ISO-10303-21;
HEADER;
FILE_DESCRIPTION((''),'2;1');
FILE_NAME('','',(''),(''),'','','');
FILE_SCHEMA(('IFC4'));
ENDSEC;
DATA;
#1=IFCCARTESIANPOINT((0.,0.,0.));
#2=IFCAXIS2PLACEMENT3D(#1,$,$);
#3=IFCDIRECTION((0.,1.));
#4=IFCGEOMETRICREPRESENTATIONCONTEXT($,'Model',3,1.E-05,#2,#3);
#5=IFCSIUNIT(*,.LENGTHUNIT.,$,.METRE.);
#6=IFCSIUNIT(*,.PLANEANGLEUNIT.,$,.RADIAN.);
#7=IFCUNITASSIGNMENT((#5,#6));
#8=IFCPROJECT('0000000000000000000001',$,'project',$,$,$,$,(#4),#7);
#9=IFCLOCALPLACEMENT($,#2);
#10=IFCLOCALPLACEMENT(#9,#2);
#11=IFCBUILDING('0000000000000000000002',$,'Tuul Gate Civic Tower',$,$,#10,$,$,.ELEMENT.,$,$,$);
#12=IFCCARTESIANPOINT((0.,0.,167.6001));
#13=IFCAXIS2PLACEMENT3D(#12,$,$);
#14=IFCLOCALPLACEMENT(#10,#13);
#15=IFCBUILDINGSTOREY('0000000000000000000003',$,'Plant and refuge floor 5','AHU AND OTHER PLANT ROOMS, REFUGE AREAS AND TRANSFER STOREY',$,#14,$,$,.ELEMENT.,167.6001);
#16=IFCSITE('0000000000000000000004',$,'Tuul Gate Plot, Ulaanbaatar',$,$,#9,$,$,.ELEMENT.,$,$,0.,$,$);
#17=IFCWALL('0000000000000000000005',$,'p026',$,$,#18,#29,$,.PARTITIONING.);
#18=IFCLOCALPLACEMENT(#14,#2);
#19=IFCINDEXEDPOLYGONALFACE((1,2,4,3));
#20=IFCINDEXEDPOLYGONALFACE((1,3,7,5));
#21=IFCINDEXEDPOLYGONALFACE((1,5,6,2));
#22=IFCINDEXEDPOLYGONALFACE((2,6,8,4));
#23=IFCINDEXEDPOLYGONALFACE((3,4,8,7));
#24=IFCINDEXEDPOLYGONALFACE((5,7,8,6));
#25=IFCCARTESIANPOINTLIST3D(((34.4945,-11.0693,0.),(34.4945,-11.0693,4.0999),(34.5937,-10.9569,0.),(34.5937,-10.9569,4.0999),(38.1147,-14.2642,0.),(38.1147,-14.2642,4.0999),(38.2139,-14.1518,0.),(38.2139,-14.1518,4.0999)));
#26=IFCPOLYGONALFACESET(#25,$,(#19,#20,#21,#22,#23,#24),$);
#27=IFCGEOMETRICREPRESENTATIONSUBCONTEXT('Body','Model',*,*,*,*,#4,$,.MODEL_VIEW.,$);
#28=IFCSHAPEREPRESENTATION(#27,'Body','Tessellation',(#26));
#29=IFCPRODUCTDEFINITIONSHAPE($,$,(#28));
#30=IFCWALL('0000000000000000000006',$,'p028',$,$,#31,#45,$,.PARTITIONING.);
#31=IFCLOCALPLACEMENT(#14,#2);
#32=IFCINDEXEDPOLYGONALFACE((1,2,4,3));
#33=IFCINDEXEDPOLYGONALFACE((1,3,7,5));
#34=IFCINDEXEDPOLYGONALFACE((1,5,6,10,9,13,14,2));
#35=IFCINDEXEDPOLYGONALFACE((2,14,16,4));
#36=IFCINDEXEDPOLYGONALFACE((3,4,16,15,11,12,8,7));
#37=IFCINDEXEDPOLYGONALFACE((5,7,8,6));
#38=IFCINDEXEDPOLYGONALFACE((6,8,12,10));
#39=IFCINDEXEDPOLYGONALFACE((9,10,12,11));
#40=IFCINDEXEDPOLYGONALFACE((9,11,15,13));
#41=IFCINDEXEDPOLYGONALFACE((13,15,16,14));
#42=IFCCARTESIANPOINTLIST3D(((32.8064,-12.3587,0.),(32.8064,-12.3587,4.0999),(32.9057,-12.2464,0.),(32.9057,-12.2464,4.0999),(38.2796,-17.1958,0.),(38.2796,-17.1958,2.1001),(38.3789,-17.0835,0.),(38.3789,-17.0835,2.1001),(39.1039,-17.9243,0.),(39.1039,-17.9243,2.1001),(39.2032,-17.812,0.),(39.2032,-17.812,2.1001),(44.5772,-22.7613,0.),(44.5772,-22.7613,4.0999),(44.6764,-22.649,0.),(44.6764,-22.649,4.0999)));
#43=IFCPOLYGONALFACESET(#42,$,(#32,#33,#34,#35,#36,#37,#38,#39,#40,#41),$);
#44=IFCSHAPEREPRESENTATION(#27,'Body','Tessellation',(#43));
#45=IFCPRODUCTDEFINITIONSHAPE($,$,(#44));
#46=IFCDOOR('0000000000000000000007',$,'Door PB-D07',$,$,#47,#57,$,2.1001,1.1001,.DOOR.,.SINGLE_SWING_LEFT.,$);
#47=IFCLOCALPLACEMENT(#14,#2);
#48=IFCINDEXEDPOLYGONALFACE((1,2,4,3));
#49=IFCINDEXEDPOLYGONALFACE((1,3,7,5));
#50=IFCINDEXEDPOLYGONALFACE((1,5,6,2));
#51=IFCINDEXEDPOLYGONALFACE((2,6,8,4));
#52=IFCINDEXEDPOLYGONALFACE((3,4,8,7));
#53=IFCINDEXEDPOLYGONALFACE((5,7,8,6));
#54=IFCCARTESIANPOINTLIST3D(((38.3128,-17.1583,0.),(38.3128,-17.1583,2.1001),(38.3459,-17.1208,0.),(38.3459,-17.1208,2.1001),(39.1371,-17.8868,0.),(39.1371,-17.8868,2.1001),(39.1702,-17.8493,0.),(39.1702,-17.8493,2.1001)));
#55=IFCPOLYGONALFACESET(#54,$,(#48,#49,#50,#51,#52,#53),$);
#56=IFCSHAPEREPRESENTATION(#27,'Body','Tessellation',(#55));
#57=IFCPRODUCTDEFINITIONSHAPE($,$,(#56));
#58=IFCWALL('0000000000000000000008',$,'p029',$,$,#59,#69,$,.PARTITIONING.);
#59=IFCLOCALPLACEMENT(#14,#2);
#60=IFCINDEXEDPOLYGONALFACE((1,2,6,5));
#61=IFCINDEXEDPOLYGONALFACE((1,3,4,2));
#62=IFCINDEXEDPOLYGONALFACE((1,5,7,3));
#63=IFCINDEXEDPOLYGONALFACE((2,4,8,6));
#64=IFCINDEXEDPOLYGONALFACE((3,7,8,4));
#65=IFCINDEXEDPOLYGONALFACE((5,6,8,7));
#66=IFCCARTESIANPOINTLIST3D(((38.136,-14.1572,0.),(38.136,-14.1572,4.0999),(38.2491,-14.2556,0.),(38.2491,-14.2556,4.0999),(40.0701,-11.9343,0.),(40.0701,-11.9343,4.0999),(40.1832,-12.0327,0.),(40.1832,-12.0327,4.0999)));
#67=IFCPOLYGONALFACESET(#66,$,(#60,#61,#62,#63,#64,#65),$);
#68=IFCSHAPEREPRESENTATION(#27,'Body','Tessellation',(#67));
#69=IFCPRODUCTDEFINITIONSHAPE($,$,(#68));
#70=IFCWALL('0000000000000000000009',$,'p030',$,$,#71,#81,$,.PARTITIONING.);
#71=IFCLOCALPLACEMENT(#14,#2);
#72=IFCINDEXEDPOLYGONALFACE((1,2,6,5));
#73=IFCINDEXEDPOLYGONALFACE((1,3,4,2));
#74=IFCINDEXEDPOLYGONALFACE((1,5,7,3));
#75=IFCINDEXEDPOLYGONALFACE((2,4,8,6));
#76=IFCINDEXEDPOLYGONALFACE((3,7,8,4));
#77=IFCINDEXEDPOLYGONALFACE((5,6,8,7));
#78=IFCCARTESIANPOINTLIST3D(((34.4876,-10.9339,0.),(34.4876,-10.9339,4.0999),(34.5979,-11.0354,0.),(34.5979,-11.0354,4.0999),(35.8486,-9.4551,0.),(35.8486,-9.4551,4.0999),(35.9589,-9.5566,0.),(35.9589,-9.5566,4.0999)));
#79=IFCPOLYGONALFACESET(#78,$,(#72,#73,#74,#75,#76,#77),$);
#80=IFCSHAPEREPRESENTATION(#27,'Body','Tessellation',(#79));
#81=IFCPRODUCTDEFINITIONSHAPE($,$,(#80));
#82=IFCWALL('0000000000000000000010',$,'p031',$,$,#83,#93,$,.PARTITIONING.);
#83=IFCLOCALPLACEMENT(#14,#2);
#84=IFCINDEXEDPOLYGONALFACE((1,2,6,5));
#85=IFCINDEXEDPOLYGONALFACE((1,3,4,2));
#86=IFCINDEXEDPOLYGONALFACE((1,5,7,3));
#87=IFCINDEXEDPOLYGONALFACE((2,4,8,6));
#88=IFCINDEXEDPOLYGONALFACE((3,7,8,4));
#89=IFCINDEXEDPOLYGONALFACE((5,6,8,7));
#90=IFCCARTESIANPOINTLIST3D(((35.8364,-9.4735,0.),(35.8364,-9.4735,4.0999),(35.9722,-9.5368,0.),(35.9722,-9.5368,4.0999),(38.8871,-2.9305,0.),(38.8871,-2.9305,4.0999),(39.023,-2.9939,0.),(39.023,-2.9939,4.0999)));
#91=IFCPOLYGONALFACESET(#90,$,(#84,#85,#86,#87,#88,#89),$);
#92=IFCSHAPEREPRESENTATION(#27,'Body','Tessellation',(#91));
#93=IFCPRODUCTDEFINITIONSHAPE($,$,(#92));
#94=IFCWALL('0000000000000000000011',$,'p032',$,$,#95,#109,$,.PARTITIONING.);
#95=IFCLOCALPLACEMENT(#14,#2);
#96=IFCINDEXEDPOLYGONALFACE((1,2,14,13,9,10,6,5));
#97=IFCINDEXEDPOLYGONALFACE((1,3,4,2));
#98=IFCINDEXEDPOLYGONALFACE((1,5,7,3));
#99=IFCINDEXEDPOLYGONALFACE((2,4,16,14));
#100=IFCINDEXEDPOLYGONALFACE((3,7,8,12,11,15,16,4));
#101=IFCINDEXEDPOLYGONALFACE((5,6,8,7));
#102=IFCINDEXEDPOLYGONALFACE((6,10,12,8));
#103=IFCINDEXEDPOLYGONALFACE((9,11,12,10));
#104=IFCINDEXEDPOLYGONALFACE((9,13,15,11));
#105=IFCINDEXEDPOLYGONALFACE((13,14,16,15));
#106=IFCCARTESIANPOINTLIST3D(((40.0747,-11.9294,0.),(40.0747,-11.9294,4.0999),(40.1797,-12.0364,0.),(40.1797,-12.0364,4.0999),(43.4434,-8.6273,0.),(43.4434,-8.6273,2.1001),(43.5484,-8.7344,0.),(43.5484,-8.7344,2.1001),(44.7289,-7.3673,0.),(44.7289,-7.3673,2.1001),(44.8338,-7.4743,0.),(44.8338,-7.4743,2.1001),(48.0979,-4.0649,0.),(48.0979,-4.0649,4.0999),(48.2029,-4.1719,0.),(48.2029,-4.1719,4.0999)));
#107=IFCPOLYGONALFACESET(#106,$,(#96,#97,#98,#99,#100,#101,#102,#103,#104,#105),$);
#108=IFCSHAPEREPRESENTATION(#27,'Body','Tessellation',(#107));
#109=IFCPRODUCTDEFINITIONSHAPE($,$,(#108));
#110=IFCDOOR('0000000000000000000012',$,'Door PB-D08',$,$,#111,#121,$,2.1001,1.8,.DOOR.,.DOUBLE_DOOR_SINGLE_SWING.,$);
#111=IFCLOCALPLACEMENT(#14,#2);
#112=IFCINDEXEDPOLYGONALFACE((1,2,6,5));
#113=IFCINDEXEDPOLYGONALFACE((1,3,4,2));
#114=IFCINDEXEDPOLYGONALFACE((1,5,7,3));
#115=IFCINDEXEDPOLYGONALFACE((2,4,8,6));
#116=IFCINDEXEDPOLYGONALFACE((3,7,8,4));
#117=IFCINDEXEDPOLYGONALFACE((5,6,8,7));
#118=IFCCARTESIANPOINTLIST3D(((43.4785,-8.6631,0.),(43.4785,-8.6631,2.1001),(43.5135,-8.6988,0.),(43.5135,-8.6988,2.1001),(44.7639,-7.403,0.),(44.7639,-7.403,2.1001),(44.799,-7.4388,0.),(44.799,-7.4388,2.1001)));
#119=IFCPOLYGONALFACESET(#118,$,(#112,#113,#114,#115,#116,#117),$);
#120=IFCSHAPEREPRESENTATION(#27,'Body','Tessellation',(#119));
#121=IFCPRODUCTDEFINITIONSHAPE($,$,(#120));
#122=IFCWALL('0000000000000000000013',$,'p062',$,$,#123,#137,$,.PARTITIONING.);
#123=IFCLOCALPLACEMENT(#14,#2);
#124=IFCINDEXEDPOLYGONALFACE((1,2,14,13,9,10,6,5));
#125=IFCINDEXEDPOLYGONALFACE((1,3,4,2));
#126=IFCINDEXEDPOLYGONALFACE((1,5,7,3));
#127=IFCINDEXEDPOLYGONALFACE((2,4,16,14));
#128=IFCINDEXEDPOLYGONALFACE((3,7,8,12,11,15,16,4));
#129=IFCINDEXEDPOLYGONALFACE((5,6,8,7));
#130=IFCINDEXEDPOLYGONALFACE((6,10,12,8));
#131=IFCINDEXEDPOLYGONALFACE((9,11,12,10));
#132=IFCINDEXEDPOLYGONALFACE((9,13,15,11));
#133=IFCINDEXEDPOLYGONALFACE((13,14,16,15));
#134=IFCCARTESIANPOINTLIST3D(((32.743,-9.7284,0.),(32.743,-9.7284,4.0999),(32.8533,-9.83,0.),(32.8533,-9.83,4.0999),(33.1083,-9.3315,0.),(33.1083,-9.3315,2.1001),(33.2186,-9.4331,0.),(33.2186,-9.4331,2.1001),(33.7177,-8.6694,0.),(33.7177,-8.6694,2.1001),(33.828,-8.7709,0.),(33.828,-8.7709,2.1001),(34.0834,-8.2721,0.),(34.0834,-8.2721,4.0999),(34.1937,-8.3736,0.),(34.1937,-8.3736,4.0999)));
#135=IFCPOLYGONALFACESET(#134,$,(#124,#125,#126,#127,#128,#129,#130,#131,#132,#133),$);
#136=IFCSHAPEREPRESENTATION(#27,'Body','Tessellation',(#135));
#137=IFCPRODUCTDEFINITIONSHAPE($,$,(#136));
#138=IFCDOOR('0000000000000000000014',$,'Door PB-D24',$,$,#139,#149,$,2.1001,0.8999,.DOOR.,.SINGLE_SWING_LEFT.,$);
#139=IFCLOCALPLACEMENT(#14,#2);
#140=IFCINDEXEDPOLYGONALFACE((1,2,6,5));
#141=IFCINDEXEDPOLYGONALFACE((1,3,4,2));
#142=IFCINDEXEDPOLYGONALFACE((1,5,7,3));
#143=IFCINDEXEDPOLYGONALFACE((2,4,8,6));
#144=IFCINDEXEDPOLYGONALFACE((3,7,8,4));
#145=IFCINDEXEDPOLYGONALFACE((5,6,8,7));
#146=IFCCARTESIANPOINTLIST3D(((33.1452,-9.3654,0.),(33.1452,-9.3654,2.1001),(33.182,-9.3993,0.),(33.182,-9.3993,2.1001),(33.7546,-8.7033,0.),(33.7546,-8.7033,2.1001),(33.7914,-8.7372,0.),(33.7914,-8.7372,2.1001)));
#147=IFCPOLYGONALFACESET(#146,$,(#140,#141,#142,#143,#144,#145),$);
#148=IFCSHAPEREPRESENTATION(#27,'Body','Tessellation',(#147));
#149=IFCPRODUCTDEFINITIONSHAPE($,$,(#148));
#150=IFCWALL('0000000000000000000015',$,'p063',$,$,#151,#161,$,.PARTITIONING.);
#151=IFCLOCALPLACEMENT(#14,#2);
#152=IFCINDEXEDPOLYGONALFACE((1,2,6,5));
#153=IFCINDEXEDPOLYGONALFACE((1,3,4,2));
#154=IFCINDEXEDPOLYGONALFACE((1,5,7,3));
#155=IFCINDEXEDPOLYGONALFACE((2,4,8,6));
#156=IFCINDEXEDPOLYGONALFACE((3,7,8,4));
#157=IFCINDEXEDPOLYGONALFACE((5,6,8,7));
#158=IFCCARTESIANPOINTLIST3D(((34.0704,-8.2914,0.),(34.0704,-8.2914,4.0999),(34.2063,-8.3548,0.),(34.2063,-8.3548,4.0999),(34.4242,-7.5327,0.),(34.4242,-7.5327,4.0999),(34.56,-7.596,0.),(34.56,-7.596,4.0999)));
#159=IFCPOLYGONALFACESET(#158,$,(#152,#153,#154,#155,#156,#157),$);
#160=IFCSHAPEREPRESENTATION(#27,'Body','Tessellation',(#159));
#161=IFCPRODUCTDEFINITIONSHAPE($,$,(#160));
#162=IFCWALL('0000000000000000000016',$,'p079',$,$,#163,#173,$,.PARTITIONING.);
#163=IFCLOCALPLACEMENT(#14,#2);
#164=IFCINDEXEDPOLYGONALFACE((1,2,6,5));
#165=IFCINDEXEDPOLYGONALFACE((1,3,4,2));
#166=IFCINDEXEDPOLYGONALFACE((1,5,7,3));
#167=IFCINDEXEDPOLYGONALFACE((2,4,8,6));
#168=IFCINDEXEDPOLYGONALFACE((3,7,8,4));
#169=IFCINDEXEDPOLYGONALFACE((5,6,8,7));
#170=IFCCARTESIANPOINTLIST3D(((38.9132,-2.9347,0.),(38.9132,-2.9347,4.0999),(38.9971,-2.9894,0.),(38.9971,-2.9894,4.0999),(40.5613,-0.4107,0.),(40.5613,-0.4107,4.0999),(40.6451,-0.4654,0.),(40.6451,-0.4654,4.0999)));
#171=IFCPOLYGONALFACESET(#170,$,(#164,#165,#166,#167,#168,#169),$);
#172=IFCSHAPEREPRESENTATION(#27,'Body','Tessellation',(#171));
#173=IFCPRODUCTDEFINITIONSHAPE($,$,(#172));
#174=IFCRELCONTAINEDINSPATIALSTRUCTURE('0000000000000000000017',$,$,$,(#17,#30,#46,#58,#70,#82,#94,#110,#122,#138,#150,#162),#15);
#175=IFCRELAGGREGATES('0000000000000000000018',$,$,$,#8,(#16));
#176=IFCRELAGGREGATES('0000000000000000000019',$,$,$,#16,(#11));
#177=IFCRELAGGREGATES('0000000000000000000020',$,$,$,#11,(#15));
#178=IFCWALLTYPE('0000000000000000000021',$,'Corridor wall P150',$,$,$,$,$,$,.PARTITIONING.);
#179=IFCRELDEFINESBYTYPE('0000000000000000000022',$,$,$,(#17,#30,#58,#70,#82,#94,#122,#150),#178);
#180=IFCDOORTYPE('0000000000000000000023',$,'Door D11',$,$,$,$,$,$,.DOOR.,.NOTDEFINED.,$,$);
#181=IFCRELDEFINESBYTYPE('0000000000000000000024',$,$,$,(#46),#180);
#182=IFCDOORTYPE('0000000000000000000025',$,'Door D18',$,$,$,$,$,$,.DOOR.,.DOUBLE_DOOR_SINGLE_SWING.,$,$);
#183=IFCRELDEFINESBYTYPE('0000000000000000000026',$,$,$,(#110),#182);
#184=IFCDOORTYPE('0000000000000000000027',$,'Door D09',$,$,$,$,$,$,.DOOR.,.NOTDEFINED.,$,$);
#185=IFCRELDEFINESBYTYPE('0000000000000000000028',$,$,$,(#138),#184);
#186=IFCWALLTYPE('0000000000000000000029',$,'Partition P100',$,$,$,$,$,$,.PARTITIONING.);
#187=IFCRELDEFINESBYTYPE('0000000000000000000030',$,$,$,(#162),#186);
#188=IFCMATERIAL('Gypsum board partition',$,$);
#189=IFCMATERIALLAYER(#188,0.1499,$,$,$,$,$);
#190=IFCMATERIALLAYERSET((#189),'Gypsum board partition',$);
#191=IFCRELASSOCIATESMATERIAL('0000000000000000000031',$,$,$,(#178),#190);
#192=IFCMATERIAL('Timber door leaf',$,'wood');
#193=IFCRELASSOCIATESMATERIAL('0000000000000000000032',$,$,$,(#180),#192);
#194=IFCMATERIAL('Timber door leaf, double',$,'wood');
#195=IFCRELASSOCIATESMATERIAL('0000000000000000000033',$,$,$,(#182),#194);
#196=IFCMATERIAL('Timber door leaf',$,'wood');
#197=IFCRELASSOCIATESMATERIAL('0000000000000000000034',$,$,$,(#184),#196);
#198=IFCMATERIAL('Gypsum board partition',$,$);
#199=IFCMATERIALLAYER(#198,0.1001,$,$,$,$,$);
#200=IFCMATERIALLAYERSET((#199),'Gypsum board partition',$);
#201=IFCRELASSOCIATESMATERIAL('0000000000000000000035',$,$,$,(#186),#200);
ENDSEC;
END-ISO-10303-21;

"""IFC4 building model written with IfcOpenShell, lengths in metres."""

from ifc_helpers import new_model, si_unit, direction, frame, frame_2d, origin, place, context, subcontext, project, spatial, rectangle, extrude, material, layer, layer_set, type_object, element, fill, save


model = new_model("IFC4")

# Units and contexts
model_context = context("Model", 3, precision=1e-05, world=origin(), true_north=direction((0.0, 1.0)))
body_context = subcontext(model_context, "Body", "Model", "MODEL_VIEW")
ifc_project = project(units=[si_unit("LENGTHUNIT", "METRE"), si_unit("PLANEANGLEUNIT", "RADIAN")], contexts=[model_context])

# Site, building, storey
site_placement = place(None, origin())
site = spatial("IfcSite", under=ifc_project, at=site_placement, Name="Tuul Gate Plot, Ulaanbaatar", CompositionType="ELEMENT", RefElevation=0.0)
building_placement = place(site_placement, origin())
building = spatial("IfcBuilding", under=site, at=building_placement, Name="Tuul Gate Civic Tower", CompositionType="ELEMENT")
storey_placement = place(building_placement, frame((0.0, 0.0, 167.6001)))
storey = spatial("IfcBuildingStorey", under=building, at=storey_placement, Name="Plant and refuge floor 5", Description="AHU AND OTHER PLANT ROOMS, REFUGE AREAS AND TRANSFER STOREY", CompositionType="ELEMENT", Elevation=167.6001)

# Wall
ifc_material_1 = material(Name="Gypsum board partition")
ifc_layer_1 = layer(ifc_material_1, 0.1499)
ifc_layer_set_1 = layer_set([ifc_layer_1], Name="Gypsum board partition")
wall_type_1 = type_object("IfcWallType", Name="Corridor wall P150", PredefinedType="PARTITIONING", material=ifc_layer_set_1)
wall_1_placement = place(storey_placement, frame((34.5442, -11.0132, 0.0), z_axis=(0.0, 0.0, 1.0), x_axis=(0.749776, -0.661692, 0.0)))
element("IfcWall", 1, at=wall_1_placement, inside=storey, type_object=wall_type_1, Name="p026", PredefinedType="PARTITIONING", context=body_context, shape_type="SweptSolid", body=[
    extrude(rectangle(XDim=4.8284, YDim=0.1499, at=frame_2d((2.4141, 0.0))), origin(), (0.0, 0.0, 1.0), 4.0999),
])

# Wall, opening, door
wall_2_placement = place(storey_placement, frame((32.856, -12.3025, 0.0), z_axis=(0.0, 0.0, 1.0), x_axis=(0.749312, -0.662217, 0.0)))
wall_2 = element("IfcWall", 2, at=wall_2_placement, inside=storey, type_object=wall_type_1, Name="p028", PredefinedType="PARTITIONING", context=body_context, shape_type="SweptSolid", body=[
    extrude(rectangle(XDim=15.7087, YDim=0.1499, at=frame_2d((7.8545, 0.0))), origin(), (0.0, 0.0, 1.0), 4.0999),
])
opening_1_placement = place(wall_2_placement, frame((7.3044, 0.0, 0.0)))
opening_1 = element("IfcOpeningElement", 3, at=opening_1_placement, cuts=wall_2, PredefinedType="OPENING", context=body_context, shape_type="SweptSolid", body=[
    extrude(rectangle(XDim=1.1001, YDim=2.1001, at=frame_2d((0.55, 1.05))), frame((0.0, 0.085, 0.0), z_axis=(0.0, -1.0, 0.0), x_axis=(1.0, 0.0, 0.0)), (0.0, 0.0, 1.0), 0.1699),
])
ifc_material_2 = material(Name="Timber door leaf", Category="wood")
door_type_1 = type_object("IfcDoorType", Name="Door D11", OperationType="NOTDEFINED", PredefinedType="DOOR", material=ifc_material_2)
door_1_placement = place(opening_1_placement, frame((1.1001, 0.0, 0.0), z_axis=(0.0, 0.0, 1.0), x_axis=(-1.0, 0.0, 0.0)))
door_1 = element("IfcDoor", 4, at=door_1_placement, inside=storey, type_object=door_type_1, Name="Door PB-D07", OperationType="SINGLE_SWING_LEFT", OverallHeight=2.1001, OverallWidth=1.1001, PredefinedType="DOOR", context=body_context, shape_type="SweptSolid", body=[
    extrude(rectangle(XDim=1.1001, YDim=2.1001, at=frame_2d((0.55, 1.05))), frame((0.0, 0.0249, 0.0), z_axis=(0.0, -1.0, 0.0), x_axis=(1.0, 0.0, 0.0)), (0.0, 0.0, 1.0), 0.05),
])
fill(opening_1, door_1)

# Walls
wall_3_placement = place(storey_placement, frame((38.1926, -14.2063, 0.0), z_axis=(0.0, 0.0, 1.0), x_axis=(0.656396, 0.754416, 0.0)))
element("IfcWall", 5, at=wall_3_placement, inside=storey, type_object=wall_type_1, Name="p029", PredefinedType="PARTITIONING", context=body_context, shape_type="SweptSolid", body=[
    extrude(rectangle(XDim=2.9465, YDim=0.1499, at=frame_2d((1.4731, 0.0))), origin(), (0.0, 0.0, 1.0), 4.0999),
])
wall_4_placement = place(storey_placement, frame((34.5427, -10.9846, 0.0), z_axis=(0.0, 0.0, 1.0), x_axis=(0.677225, 0.735776, 0.0)))
element("IfcWall", 6, at=wall_4_placement, inside=storey, type_object=wall_type_1, Name="p030", PredefinedType="PARTITIONING", context=body_context, shape_type="SweptSolid", body=[
    extrude(rectangle(XDim=2.0098, YDim=0.1499, at=frame_2d((1.0049, 0.0))), origin(), (0.0, 0.0, 1.0), 4.0999),
])
wall_5_placement = place(storey_placement, frame((35.9043, -9.5051, 0.0), z_axis=(0.0, 0.0, 1.0), x_axis=(0.422589, 0.906321, 0.0)))
element("IfcWall", 7, at=wall_5_placement, inside=storey, type_object=wall_type_1, Name="p031", PredefinedType="PARTITIONING", context=body_context, shape_type="SweptSolid", body=[
    extrude(rectangle(XDim=7.2192, YDim=0.1499, at=frame_2d((3.6096, 0.0))), origin(), (0.0, 0.0, 1.0), 4.0999),
])

# Walls, openings, doors
wall_6_placement = place(storey_placement, frame((40.1272, -11.9829, 0.0), z_axis=(0.0, 0.0, 1.0), x_axis=(0.714134, 0.700009, 0.0)))
wall_6 = element("IfcWall", 8, at=wall_6_placement, inside=storey, type_object=wall_type_1, Name="p032", PredefinedType="PARTITIONING", context=body_context, shape_type="SweptSolid", body=[
    extrude(rectangle(XDim=11.2349, YDim=0.1499, at=frame_2d((5.6174, 0.0))), origin(), (0.0, 0.0, 1.0), 4.0999),
])
opening_2_placement = place(wall_6_placement, frame((4.7173, 0.0, 0.0)))
opening_2 = element("IfcOpeningElement", 9, at=opening_2_placement, cuts=wall_6, PredefinedType="OPENING", context=body_context, shape_type="SweptSolid", body=[
    extrude(rectangle(XDim=1.8, YDim=2.1001, at=frame_2d((0.8999, 1.05))), frame((0.0, 0.085, 0.0), z_axis=(0.0, -1.0, 0.0), x_axis=(1.0, 0.0, 0.0)), (0.0, 0.0, 1.0), 0.1699),
])
ifc_material_3 = material(Name="Timber door leaf, double", Category="wood")
door_type_2 = type_object("IfcDoorType", Name="Door D18", OperationType="DOUBLE_DOOR_SINGLE_SWING", PredefinedType="DOOR", material=ifc_material_3)
door_2_placement = place(opening_2_placement, origin())
door_2 = element("IfcDoor", 10, at=door_2_placement, inside=storey, type_object=door_type_2, Name="Door PB-D08", OperationType="DOUBLE_DOOR_SINGLE_SWING", OverallHeight=2.1001, OverallWidth=1.8, PredefinedType="DOOR", context=body_context, shape_type="SweptSolid", body=[
    extrude(rectangle(XDim=1.8, YDim=2.1001, at=frame_2d((0.8999, 1.05))), frame((0.0, 0.0249, 0.0), z_axis=(0.0, -1.0, 0.0), x_axis=(1.0, 0.0, 0.0)), (0.0, 0.0, 1.0), 0.05),
])
fill(opening_2, door_2)
wall_7_placement = place(storey_placement, frame((32.7981, -9.7793, 0.0), z_axis=(0.0, 0.0, 1.0), x_axis=(0.677203, 0.735796, 0.0)))
wall_7 = element("IfcWall", 11, at=wall_7_placement, inside=storey, type_object=wall_type_1, Name="p062", PredefinedType="PARTITIONING", context=body_context, shape_type="SweptSolid", body=[
    extrude(rectangle(XDim=1.9792, YDim=0.1499, at=frame_2d((0.9897, 0.0))), origin(), (0.0, 0.0, 1.0), 4.0999),
])
opening_3_placement = place(wall_7_placement, frame((0.5396, 0.0, 0.0)))
opening_3 = element("IfcOpeningElement", 12, at=opening_3_placement, cuts=wall_7, PredefinedType="OPENING", context=body_context, shape_type="SweptSolid", body=[
    extrude(rectangle(XDim=0.8999, YDim=2.1001, at=frame_2d((0.45, 1.05))), frame((0.0, 0.085, 0.0), z_axis=(0.0, -1.0, 0.0), x_axis=(1.0, 0.0, 0.0)), (0.0, 0.0, 1.0), 0.1699),
])
ifc_material_4 = material(Name="Timber door leaf", Category="wood")
door_type_3 = type_object("IfcDoorType", Name="Door D09", OperationType="NOTDEFINED", PredefinedType="DOOR", material=ifc_material_4)
door_3_placement = place(opening_3_placement, origin())
door_3 = element("IfcDoor", 13, at=door_3_placement, inside=storey, type_object=door_type_3, Name="Door PB-D24", OperationType="SINGLE_SWING_LEFT", OverallHeight=2.1001, OverallWidth=0.8999, PredefinedType="DOOR", context=body_context, shape_type="SweptSolid", body=[
    extrude(rectangle(XDim=0.8999, YDim=2.1001, at=frame_2d((0.45, 1.05))), frame((0.0, 0.0249, 0.0), z_axis=(0.0, -1.0, 0.0), x_axis=(1.0, 0.0, 0.0)), (0.0, 0.0, 1.0), 0.05),
])
fill(opening_3, door_3)

# Walls
wall_8_placement = place(storey_placement, frame((34.1384, -8.323, 0.0), z_axis=(0.0, 0.0, 1.0), x_axis=(0.42255, 0.90634, 0.0)))
element("IfcWall", 14, at=wall_8_placement, inside=storey, type_object=wall_type_1, Name="p063", PredefinedType="PARTITIONING", context=body_context, shape_type="SweptSolid", body=[
    extrude(rectangle(XDim=0.8372, YDim=0.1499, at=frame_2d((0.4185, 0.0))), origin(), (0.0, 0.0, 1.0), 4.0999),
])
ifc_material_5 = material(Name="Gypsum board partition")
ifc_layer_2 = layer(ifc_material_5, 0.1001)
ifc_layer_set_2 = layer_set([ifc_layer_2], Name="Gypsum board partition")
wall_type_2 = type_object("IfcWallType", Name="Partition P100", PredefinedType="PARTITIONING", material=ifc_layer_set_2)
wall_9_placement = place(storey_placement, frame((38.9551, -2.9622, 0.0), z_axis=(0.0, 0.0, 1.0), x_axis=(0.546712, 0.83732, 0.0)))
element("IfcWall", 15, at=wall_9_placement, inside=storey, type_object=wall_type_2, Name="p079", PredefinedType="PARTITIONING", context=body_context, shape_type="SweptSolid", body=[
    extrude(rectangle(XDim=3.0144, YDim=0.1001, at=frame_2d((1.5073, 0.0))), origin(), (0.0, 0.0, 1.0), 4.0999),
])

save(model, "model.ifc")
